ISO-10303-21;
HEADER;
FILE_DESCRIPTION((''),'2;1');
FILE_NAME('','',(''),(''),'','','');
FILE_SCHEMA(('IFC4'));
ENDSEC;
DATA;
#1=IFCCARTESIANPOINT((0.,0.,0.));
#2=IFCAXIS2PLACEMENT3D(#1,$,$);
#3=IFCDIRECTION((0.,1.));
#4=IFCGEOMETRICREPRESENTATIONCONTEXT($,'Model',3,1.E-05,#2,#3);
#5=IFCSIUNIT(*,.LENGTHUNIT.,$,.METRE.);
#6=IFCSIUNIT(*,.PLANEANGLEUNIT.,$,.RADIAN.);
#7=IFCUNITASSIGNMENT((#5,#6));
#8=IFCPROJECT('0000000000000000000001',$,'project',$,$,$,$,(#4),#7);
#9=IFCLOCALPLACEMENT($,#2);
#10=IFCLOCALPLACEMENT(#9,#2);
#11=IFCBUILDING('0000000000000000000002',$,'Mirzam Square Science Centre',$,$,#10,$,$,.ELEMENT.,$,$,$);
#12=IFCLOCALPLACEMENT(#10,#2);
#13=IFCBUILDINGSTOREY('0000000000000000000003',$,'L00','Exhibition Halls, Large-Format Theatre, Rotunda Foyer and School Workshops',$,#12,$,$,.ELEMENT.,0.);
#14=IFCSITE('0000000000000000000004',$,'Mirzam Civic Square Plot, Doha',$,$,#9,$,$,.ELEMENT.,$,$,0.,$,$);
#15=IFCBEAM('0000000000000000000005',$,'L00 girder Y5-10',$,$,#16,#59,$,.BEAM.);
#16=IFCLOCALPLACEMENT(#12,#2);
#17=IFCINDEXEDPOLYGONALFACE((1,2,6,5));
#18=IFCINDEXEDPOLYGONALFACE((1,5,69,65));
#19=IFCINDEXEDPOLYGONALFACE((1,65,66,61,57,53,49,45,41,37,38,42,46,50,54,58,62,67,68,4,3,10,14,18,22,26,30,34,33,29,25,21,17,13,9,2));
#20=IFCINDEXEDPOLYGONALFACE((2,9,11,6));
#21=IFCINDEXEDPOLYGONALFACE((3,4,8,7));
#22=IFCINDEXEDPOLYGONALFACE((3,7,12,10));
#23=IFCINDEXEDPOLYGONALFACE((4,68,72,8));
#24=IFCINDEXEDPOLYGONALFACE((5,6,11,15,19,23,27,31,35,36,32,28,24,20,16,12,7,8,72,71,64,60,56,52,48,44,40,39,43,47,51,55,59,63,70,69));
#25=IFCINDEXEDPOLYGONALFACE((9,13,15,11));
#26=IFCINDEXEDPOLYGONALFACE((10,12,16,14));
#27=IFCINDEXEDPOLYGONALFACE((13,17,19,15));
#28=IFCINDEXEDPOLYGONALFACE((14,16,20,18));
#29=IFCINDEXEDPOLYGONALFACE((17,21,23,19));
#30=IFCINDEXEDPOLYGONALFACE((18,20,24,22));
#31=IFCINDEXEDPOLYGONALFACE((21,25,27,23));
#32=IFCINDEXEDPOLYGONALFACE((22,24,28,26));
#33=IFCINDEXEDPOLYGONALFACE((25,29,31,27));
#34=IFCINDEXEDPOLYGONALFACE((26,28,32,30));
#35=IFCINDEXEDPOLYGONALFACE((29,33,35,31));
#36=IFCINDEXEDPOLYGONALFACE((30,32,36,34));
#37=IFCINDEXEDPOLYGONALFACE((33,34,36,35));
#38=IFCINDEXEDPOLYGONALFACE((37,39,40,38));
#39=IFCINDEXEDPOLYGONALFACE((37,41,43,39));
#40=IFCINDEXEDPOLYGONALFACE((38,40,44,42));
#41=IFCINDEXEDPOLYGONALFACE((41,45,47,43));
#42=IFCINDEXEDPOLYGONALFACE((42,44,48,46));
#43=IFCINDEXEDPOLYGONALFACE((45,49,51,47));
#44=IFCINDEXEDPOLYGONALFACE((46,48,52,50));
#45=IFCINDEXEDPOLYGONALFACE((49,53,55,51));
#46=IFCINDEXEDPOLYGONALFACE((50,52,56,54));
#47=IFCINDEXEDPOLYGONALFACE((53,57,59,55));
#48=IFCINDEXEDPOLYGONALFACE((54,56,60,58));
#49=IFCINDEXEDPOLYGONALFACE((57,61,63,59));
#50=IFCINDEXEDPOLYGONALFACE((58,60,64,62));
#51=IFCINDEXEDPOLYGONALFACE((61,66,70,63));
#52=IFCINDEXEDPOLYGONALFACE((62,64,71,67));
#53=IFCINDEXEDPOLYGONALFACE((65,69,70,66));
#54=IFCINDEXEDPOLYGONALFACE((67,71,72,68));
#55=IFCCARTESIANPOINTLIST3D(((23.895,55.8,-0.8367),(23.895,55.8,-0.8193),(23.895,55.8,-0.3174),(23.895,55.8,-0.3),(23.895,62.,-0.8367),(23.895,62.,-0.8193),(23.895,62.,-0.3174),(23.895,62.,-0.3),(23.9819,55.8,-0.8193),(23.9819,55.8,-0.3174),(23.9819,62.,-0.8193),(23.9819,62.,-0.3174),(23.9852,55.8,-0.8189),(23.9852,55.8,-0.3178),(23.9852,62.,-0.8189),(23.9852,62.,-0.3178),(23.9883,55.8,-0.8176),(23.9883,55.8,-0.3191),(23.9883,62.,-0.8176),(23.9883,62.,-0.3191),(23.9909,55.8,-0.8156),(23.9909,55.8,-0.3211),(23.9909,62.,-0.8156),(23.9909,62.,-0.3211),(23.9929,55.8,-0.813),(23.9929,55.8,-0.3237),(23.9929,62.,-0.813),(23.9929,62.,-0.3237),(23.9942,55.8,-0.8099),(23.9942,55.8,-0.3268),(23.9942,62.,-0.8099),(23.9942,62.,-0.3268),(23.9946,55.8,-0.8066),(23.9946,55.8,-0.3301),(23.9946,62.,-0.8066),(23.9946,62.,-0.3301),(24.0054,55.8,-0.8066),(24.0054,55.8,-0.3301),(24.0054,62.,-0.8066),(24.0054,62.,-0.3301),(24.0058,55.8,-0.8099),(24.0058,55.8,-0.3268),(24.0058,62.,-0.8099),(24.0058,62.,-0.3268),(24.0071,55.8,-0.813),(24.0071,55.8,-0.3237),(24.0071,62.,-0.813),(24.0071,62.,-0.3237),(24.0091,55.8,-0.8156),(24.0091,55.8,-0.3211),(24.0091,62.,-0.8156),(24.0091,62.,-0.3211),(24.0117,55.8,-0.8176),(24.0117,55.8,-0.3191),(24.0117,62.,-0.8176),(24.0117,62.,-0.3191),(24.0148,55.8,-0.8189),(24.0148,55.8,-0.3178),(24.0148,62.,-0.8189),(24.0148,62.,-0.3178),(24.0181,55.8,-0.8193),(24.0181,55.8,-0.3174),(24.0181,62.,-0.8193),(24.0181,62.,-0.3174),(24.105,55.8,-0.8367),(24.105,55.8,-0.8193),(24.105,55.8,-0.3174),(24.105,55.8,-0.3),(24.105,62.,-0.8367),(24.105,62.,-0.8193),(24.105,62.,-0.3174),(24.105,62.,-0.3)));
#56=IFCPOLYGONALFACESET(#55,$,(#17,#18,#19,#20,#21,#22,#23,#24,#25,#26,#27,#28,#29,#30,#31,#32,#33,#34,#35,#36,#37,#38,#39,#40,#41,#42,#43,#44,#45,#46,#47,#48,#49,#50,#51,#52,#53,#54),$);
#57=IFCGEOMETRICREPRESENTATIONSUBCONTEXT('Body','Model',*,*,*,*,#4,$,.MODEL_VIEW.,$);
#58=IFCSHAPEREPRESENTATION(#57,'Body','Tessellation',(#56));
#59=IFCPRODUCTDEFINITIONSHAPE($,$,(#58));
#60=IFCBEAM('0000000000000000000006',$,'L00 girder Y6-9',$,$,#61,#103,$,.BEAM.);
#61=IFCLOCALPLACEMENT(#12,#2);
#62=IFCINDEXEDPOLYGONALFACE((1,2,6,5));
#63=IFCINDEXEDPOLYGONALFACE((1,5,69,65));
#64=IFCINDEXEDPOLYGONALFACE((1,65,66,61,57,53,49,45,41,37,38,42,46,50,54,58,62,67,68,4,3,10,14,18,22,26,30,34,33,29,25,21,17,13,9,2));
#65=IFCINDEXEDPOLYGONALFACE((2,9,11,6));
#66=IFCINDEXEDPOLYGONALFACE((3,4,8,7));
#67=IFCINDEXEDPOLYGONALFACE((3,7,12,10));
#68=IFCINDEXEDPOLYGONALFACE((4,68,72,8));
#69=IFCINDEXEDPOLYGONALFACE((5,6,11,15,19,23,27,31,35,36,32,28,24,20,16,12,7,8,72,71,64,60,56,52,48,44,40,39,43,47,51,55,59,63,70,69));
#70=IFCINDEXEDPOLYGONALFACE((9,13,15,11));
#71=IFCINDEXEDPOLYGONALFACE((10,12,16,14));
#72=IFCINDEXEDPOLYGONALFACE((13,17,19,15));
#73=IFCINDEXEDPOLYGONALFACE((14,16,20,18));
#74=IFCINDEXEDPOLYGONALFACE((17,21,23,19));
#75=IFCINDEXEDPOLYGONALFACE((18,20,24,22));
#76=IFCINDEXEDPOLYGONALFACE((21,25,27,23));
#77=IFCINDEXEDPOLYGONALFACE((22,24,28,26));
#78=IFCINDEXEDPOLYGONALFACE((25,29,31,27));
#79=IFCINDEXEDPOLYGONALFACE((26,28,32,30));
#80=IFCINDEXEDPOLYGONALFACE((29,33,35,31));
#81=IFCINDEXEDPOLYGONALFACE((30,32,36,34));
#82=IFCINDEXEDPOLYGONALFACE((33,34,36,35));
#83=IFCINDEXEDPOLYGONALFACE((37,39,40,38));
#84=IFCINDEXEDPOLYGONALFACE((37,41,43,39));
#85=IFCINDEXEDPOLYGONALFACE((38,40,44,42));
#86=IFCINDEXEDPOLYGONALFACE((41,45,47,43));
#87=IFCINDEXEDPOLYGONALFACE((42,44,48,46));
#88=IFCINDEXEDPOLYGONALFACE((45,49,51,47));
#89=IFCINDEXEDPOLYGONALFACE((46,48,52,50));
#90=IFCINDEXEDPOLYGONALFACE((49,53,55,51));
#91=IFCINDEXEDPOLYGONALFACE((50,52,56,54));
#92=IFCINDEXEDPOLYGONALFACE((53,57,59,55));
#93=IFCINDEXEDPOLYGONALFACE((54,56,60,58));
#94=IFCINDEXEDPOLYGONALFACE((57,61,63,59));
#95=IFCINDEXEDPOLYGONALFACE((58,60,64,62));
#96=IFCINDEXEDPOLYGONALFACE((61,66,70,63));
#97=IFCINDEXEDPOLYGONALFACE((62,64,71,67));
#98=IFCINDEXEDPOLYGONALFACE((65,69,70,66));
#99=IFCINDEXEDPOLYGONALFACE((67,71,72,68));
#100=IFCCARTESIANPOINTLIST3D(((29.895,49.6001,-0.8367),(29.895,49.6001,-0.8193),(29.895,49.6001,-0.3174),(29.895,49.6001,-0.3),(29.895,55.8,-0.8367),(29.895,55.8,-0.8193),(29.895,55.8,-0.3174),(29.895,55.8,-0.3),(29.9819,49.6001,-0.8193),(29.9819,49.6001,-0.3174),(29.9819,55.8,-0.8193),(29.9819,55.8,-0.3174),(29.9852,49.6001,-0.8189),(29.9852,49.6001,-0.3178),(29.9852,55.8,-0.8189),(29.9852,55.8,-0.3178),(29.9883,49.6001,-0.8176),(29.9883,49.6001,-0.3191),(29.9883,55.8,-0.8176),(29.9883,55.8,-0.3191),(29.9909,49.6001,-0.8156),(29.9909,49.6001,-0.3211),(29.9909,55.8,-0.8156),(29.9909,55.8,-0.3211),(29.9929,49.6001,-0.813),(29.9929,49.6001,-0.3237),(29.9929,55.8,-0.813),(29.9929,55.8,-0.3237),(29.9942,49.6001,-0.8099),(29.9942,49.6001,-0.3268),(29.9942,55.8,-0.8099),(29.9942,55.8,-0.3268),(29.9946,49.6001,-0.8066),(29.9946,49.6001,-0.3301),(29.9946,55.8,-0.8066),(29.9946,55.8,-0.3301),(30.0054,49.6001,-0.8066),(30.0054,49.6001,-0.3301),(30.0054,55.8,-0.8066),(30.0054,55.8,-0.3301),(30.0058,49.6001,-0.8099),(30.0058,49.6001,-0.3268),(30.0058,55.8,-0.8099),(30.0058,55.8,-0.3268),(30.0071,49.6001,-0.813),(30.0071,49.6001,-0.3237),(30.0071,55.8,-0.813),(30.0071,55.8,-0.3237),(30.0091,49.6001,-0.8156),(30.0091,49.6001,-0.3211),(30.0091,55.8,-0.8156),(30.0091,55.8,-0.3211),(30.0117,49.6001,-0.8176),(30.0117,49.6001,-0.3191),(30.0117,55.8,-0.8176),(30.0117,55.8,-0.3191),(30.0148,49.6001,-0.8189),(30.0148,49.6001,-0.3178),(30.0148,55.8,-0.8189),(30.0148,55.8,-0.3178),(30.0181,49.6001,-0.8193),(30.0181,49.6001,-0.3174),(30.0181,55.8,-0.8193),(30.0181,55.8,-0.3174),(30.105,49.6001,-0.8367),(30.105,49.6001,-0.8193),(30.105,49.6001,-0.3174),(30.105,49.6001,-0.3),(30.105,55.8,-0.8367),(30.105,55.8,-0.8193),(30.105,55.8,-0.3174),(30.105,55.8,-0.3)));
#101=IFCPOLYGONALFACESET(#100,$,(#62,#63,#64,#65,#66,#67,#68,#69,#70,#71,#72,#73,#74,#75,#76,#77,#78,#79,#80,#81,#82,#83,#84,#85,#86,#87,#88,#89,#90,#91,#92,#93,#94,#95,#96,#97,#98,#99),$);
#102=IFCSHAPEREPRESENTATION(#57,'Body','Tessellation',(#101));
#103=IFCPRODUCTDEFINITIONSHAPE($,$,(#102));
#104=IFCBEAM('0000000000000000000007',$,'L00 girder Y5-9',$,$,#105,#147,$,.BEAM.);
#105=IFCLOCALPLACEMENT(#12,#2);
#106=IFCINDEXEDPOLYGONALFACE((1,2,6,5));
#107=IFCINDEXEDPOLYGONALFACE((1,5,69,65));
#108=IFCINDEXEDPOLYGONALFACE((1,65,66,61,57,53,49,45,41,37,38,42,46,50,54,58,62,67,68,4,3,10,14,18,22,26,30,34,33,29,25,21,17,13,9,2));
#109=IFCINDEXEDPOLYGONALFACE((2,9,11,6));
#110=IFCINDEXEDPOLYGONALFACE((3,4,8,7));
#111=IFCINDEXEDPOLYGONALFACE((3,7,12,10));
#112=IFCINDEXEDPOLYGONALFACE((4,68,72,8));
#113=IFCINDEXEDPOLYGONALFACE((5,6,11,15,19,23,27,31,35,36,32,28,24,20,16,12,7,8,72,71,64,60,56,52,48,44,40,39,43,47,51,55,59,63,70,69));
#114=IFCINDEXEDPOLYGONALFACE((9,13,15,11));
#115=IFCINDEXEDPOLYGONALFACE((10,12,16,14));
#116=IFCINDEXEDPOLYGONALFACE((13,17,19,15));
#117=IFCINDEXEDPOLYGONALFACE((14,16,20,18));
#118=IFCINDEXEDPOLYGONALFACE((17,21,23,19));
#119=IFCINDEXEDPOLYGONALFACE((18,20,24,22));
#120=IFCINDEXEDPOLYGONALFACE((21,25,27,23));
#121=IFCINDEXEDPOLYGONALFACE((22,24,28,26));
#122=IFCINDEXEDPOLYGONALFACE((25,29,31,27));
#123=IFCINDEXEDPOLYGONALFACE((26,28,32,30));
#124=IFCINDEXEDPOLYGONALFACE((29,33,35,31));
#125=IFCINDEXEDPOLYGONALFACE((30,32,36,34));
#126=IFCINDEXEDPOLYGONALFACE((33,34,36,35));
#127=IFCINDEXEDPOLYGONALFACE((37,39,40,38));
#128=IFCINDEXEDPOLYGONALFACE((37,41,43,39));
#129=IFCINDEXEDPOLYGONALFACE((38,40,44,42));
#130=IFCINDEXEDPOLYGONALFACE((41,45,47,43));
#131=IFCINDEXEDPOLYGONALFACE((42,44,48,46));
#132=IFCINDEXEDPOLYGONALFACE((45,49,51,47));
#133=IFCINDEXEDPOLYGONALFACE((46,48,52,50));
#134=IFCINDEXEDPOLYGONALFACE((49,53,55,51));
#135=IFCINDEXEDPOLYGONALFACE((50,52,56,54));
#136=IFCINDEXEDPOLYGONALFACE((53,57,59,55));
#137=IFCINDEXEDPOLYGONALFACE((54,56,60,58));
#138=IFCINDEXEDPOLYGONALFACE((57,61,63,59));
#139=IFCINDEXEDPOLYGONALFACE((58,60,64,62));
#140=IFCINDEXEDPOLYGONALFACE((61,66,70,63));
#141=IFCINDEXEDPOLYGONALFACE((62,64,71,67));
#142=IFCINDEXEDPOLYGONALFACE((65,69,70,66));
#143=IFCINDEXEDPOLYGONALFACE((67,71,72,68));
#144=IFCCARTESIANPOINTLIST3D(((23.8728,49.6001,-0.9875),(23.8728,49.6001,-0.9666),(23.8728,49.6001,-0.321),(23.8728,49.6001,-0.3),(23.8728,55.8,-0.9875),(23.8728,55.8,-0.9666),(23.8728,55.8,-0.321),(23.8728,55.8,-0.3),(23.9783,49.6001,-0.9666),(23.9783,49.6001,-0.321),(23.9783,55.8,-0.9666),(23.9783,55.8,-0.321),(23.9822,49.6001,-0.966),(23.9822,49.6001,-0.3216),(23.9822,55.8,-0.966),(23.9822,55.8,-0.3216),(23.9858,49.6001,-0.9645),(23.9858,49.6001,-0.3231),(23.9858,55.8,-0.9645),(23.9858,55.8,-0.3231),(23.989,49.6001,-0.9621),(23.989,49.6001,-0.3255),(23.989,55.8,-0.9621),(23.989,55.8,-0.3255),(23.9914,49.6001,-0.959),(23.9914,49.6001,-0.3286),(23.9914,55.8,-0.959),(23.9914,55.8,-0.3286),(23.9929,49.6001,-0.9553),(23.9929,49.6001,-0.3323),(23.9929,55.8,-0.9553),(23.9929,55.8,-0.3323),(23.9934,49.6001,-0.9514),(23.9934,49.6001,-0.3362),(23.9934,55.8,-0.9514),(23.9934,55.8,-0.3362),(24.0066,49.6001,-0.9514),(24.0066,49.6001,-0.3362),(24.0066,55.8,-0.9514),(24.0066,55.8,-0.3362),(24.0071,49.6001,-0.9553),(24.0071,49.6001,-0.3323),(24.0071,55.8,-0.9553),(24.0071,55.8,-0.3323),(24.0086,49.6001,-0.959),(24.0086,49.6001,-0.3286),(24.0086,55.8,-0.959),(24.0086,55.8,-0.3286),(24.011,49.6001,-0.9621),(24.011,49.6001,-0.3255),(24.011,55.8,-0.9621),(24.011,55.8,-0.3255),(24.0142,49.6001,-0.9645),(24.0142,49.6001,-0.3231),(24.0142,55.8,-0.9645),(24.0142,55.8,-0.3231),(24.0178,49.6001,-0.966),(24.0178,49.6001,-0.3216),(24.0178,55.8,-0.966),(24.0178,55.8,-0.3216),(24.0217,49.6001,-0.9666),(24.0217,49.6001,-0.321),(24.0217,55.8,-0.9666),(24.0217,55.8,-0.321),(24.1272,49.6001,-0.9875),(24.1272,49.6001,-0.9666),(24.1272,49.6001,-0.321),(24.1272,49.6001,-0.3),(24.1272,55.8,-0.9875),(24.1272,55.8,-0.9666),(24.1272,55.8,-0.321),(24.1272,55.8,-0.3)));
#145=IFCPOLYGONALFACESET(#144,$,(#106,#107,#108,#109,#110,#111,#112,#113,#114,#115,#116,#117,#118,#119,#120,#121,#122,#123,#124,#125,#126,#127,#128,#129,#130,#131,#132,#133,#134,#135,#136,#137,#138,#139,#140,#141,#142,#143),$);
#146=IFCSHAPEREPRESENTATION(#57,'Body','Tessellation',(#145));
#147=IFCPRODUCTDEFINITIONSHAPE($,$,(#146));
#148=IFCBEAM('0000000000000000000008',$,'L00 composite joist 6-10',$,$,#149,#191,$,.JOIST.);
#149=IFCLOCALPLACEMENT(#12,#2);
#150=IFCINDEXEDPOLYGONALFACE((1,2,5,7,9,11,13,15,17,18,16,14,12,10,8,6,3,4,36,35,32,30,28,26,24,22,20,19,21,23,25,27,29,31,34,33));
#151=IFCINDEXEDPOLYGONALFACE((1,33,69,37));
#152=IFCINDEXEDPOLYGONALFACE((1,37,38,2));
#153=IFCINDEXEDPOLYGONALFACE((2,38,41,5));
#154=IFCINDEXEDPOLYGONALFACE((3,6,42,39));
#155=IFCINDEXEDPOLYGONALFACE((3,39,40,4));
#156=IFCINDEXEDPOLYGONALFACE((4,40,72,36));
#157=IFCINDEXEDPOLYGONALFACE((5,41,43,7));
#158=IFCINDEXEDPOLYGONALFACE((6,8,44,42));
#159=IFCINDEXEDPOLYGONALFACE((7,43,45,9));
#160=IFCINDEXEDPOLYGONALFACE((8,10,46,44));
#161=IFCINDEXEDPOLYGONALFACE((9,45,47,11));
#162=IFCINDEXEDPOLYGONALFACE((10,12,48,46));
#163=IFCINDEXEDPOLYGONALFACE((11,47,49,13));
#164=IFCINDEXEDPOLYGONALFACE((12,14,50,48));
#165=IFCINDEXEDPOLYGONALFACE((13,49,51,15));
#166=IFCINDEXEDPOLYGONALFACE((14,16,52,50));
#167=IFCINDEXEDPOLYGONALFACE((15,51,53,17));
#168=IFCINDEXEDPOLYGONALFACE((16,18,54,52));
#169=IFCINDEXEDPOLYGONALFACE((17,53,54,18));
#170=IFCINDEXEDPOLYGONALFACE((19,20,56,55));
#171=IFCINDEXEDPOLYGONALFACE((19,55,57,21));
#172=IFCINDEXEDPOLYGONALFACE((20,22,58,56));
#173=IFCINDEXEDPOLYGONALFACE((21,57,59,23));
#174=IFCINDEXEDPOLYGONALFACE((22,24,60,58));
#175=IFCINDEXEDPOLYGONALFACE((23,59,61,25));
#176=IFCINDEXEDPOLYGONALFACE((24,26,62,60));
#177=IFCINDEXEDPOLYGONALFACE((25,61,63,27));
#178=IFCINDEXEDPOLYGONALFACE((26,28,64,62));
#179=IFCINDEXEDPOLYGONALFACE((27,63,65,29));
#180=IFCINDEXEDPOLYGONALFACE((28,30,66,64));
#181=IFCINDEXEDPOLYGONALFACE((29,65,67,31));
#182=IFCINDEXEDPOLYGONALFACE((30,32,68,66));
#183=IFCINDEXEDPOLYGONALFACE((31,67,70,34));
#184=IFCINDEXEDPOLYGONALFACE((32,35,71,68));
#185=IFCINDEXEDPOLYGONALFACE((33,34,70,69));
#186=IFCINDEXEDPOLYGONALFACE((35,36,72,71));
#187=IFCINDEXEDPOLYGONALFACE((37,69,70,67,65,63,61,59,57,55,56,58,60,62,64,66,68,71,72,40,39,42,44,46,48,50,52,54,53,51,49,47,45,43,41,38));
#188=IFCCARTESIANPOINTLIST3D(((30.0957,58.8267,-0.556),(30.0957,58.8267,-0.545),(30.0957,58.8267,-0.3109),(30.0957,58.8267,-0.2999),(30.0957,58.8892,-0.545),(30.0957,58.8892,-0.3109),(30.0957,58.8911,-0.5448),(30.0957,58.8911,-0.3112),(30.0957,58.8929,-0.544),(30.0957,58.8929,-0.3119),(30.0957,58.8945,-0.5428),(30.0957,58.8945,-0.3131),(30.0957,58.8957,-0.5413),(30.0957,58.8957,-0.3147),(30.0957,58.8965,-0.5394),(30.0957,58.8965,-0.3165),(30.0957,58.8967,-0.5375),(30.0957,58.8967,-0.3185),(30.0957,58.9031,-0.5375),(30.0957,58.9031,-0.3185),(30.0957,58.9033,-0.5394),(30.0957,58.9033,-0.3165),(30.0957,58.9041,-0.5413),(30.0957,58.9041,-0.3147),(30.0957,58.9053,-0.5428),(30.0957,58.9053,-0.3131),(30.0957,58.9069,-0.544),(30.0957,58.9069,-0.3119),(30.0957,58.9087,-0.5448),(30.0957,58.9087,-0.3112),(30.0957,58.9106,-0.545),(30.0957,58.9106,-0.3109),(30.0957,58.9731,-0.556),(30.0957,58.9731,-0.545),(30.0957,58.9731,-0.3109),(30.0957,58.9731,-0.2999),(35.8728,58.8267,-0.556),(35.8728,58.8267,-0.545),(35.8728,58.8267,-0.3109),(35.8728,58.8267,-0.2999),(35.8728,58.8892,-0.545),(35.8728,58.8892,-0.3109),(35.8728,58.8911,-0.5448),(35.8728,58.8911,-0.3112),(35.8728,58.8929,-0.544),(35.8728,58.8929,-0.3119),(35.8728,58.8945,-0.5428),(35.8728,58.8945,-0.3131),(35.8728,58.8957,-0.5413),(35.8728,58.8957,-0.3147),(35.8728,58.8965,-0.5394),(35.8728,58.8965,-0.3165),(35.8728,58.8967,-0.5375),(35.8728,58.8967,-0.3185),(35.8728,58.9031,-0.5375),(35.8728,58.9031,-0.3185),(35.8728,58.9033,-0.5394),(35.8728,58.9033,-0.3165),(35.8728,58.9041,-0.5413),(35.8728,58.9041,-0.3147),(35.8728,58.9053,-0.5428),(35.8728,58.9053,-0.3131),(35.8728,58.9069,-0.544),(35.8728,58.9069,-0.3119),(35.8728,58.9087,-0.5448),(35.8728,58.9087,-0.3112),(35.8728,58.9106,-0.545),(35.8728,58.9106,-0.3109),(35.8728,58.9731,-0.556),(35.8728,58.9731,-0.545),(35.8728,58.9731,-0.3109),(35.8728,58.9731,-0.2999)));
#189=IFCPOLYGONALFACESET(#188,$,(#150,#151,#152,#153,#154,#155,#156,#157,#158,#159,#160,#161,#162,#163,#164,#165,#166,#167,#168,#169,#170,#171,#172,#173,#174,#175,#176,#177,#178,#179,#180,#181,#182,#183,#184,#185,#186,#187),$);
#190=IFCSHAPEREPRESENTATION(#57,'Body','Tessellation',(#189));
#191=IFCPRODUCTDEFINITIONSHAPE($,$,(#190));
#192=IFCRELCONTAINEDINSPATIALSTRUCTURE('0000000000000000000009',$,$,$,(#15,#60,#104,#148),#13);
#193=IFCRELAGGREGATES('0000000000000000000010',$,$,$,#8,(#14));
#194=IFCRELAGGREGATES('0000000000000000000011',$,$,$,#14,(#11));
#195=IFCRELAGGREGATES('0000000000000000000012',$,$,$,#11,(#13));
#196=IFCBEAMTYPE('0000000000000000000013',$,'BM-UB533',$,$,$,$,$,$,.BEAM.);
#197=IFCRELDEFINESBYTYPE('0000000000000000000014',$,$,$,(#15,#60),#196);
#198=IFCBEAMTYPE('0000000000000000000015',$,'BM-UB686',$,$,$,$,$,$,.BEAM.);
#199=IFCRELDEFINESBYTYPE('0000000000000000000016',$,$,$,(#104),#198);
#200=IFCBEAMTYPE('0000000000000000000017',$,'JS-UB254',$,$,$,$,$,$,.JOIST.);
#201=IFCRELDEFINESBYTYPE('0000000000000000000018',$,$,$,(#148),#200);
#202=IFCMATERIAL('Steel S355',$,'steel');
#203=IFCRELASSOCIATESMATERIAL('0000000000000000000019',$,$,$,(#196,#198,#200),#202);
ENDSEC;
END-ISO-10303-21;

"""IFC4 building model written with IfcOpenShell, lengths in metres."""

from ifc_helpers import new_model, si_unit, direction, frame, origin, origin_2d, place, context, subcontext, project, spatial, i_section, extrude, material, material_profile, profile_set, type_object, element, save


model = new_model("IFC4")

# Units and contexts
model_context = context("Model", 3, precision=1e-05, world=origin(), true_north=direction((0.0, 1.0)))
body_context = subcontext(model_context, "Body", "Model", "MODEL_VIEW")
ifc_project = project(units=[si_unit("LENGTHUNIT", "METRE"), si_unit("PLANEANGLEUNIT", "RADIAN")], contexts=[model_context])

# Site, building, storey
site_placement = place(None, origin())
site = spatial("IfcSite", under=ifc_project, at=site_placement, Name="Mirzam Civic Square Plot, Doha", CompositionType="ELEMENT", RefElevation=0.0)
building_placement = place(site_placement, origin())
building = spatial("IfcBuilding", under=site, at=building_placement, Name="Mirzam Square Science Centre", CompositionType="ELEMENT")
storey_placement = place(building_placement, origin())
storey = spatial("IfcBuildingStorey", under=building, at=storey_placement, Name="L00", Description="Exhibition Halls, Large-Format Theatre, Rotunda Foyer and School Workshops", CompositionType="ELEMENT", Elevation=0.0)

# Shared definitions
ifc_material_1 = material(Name="Steel S355", Category="steel")

# Beams
ifc_material_profile_1 = material_profile(ifc_material_1, i_section(OverallWidth=0.21, OverallDepth=0.5366, WebThickness=0.0107, FlangeThickness=0.0173, FilletRadius=0.0127, at=origin_2d()), Name="533x210x101UB")
ifc_profile_set_1 = profile_set([ifc_material_profile_1], Name="Steel S355")
beam_type_1 = type_object("IfcBeamType", Name="BM-UB533", PredefinedType="BEAM", material=ifc_profile_set_1)
for number, where, z_axis, x_axis, name in (
    (1, (24.0, 55.8, -0.5684), (0.0, 1.0, 0.0), (-1.0, 0.0, 0.0), "L00 girder Y5-10"),
    (2, (30.0, 49.6001, -0.5684), (0.0, 1.0, 0.0), (-1.0, 0.0, 0.0), "L00 girder Y6-9"),
):
    element("IfcBeam", number, at=place(storey_placement, frame(where, z_axis=z_axis, x_axis=x_axis)), inside=storey, type_object=beam_type_1, Name=name, PredefinedType="BEAM", context=body_context, shape_type="SweptSolid", body=[
        extrude(i_section(OverallWidth=0.21, OverallDepth=0.5366, WebThickness=0.0107, FlangeThickness=0.0173, FilletRadius=0.0127, at=origin_2d()), origin(), (0.0, 0.0, 1.0), 6.2),
    ])
ifc_material_profile_2 = material_profile(ifc_material_1, i_section(OverallWidth=0.2544, OverallDepth=0.6875, WebThickness=0.0132, FlangeThickness=0.021, FilletRadius=0.0151, at=origin_2d()), Name="686x254x152UB")
ifc_profile_set_2 = profile_set([ifc_material_profile_2], Name="Steel S355")
beam_type_2 = type_object("IfcBeamType", Name="BM-UB686", PredefinedType="BEAM", material=ifc_profile_set_2)
beam_1_placement = place(storey_placement, frame((24.0, 49.6001, -0.6438), z_axis=(0.0, 1.0, 0.0), x_axis=(-1.0, 0.0, 0.0)))
element("IfcBeam", 3, at=beam_1_placement, inside=storey, type_object=beam_type_2, Name="L00 girder Y5-9", PredefinedType="BEAM", context=body_context, shape_type="SweptSolid", body=[
    extrude(i_section(OverallWidth=0.2544, OverallDepth=0.6875, WebThickness=0.0132, FlangeThickness=0.021, FilletRadius=0.0151, at=origin_2d()), origin(), (0.0, 0.0, 1.0), 6.2),
])
ifc_material_profile_3 = material_profile(ifc_material_1, i_section(OverallWidth=0.1465, OverallDepth=0.2561, WebThickness=0.0063, FlangeThickness=0.011, FilletRadius=0.0076, at=origin_2d()), Name="254x146x37UB")
ifc_profile_set_3 = profile_set([ifc_material_profile_3], Name="Steel S355")
beam_type_3 = type_object("IfcBeamType", Name="JS-UB254", PredefinedType="JOIST", material=ifc_profile_set_3)
beam_2_placement = place(storey_placement, frame((30.0957, 58.8999, -0.428), z_axis=(1.0, 0.0, 0.0), x_axis=(0.0, 1.0, 0.0)))
element("IfcBeam", 4, at=beam_2_placement, inside=storey, type_object=beam_type_3, Name="L00 composite joist 6-10", PredefinedType="JOIST", context=body_context, shape_type="SweptSolid", body=[
    extrude(i_section(OverallWidth=0.1465, OverallDepth=0.2561, WebThickness=0.0063, FlangeThickness=0.011, FilletRadius=0.0076, at=origin_2d()), origin(), (0.0, 0.0, 1.0), 5.7771),
])

save(model, "model.ifc")
